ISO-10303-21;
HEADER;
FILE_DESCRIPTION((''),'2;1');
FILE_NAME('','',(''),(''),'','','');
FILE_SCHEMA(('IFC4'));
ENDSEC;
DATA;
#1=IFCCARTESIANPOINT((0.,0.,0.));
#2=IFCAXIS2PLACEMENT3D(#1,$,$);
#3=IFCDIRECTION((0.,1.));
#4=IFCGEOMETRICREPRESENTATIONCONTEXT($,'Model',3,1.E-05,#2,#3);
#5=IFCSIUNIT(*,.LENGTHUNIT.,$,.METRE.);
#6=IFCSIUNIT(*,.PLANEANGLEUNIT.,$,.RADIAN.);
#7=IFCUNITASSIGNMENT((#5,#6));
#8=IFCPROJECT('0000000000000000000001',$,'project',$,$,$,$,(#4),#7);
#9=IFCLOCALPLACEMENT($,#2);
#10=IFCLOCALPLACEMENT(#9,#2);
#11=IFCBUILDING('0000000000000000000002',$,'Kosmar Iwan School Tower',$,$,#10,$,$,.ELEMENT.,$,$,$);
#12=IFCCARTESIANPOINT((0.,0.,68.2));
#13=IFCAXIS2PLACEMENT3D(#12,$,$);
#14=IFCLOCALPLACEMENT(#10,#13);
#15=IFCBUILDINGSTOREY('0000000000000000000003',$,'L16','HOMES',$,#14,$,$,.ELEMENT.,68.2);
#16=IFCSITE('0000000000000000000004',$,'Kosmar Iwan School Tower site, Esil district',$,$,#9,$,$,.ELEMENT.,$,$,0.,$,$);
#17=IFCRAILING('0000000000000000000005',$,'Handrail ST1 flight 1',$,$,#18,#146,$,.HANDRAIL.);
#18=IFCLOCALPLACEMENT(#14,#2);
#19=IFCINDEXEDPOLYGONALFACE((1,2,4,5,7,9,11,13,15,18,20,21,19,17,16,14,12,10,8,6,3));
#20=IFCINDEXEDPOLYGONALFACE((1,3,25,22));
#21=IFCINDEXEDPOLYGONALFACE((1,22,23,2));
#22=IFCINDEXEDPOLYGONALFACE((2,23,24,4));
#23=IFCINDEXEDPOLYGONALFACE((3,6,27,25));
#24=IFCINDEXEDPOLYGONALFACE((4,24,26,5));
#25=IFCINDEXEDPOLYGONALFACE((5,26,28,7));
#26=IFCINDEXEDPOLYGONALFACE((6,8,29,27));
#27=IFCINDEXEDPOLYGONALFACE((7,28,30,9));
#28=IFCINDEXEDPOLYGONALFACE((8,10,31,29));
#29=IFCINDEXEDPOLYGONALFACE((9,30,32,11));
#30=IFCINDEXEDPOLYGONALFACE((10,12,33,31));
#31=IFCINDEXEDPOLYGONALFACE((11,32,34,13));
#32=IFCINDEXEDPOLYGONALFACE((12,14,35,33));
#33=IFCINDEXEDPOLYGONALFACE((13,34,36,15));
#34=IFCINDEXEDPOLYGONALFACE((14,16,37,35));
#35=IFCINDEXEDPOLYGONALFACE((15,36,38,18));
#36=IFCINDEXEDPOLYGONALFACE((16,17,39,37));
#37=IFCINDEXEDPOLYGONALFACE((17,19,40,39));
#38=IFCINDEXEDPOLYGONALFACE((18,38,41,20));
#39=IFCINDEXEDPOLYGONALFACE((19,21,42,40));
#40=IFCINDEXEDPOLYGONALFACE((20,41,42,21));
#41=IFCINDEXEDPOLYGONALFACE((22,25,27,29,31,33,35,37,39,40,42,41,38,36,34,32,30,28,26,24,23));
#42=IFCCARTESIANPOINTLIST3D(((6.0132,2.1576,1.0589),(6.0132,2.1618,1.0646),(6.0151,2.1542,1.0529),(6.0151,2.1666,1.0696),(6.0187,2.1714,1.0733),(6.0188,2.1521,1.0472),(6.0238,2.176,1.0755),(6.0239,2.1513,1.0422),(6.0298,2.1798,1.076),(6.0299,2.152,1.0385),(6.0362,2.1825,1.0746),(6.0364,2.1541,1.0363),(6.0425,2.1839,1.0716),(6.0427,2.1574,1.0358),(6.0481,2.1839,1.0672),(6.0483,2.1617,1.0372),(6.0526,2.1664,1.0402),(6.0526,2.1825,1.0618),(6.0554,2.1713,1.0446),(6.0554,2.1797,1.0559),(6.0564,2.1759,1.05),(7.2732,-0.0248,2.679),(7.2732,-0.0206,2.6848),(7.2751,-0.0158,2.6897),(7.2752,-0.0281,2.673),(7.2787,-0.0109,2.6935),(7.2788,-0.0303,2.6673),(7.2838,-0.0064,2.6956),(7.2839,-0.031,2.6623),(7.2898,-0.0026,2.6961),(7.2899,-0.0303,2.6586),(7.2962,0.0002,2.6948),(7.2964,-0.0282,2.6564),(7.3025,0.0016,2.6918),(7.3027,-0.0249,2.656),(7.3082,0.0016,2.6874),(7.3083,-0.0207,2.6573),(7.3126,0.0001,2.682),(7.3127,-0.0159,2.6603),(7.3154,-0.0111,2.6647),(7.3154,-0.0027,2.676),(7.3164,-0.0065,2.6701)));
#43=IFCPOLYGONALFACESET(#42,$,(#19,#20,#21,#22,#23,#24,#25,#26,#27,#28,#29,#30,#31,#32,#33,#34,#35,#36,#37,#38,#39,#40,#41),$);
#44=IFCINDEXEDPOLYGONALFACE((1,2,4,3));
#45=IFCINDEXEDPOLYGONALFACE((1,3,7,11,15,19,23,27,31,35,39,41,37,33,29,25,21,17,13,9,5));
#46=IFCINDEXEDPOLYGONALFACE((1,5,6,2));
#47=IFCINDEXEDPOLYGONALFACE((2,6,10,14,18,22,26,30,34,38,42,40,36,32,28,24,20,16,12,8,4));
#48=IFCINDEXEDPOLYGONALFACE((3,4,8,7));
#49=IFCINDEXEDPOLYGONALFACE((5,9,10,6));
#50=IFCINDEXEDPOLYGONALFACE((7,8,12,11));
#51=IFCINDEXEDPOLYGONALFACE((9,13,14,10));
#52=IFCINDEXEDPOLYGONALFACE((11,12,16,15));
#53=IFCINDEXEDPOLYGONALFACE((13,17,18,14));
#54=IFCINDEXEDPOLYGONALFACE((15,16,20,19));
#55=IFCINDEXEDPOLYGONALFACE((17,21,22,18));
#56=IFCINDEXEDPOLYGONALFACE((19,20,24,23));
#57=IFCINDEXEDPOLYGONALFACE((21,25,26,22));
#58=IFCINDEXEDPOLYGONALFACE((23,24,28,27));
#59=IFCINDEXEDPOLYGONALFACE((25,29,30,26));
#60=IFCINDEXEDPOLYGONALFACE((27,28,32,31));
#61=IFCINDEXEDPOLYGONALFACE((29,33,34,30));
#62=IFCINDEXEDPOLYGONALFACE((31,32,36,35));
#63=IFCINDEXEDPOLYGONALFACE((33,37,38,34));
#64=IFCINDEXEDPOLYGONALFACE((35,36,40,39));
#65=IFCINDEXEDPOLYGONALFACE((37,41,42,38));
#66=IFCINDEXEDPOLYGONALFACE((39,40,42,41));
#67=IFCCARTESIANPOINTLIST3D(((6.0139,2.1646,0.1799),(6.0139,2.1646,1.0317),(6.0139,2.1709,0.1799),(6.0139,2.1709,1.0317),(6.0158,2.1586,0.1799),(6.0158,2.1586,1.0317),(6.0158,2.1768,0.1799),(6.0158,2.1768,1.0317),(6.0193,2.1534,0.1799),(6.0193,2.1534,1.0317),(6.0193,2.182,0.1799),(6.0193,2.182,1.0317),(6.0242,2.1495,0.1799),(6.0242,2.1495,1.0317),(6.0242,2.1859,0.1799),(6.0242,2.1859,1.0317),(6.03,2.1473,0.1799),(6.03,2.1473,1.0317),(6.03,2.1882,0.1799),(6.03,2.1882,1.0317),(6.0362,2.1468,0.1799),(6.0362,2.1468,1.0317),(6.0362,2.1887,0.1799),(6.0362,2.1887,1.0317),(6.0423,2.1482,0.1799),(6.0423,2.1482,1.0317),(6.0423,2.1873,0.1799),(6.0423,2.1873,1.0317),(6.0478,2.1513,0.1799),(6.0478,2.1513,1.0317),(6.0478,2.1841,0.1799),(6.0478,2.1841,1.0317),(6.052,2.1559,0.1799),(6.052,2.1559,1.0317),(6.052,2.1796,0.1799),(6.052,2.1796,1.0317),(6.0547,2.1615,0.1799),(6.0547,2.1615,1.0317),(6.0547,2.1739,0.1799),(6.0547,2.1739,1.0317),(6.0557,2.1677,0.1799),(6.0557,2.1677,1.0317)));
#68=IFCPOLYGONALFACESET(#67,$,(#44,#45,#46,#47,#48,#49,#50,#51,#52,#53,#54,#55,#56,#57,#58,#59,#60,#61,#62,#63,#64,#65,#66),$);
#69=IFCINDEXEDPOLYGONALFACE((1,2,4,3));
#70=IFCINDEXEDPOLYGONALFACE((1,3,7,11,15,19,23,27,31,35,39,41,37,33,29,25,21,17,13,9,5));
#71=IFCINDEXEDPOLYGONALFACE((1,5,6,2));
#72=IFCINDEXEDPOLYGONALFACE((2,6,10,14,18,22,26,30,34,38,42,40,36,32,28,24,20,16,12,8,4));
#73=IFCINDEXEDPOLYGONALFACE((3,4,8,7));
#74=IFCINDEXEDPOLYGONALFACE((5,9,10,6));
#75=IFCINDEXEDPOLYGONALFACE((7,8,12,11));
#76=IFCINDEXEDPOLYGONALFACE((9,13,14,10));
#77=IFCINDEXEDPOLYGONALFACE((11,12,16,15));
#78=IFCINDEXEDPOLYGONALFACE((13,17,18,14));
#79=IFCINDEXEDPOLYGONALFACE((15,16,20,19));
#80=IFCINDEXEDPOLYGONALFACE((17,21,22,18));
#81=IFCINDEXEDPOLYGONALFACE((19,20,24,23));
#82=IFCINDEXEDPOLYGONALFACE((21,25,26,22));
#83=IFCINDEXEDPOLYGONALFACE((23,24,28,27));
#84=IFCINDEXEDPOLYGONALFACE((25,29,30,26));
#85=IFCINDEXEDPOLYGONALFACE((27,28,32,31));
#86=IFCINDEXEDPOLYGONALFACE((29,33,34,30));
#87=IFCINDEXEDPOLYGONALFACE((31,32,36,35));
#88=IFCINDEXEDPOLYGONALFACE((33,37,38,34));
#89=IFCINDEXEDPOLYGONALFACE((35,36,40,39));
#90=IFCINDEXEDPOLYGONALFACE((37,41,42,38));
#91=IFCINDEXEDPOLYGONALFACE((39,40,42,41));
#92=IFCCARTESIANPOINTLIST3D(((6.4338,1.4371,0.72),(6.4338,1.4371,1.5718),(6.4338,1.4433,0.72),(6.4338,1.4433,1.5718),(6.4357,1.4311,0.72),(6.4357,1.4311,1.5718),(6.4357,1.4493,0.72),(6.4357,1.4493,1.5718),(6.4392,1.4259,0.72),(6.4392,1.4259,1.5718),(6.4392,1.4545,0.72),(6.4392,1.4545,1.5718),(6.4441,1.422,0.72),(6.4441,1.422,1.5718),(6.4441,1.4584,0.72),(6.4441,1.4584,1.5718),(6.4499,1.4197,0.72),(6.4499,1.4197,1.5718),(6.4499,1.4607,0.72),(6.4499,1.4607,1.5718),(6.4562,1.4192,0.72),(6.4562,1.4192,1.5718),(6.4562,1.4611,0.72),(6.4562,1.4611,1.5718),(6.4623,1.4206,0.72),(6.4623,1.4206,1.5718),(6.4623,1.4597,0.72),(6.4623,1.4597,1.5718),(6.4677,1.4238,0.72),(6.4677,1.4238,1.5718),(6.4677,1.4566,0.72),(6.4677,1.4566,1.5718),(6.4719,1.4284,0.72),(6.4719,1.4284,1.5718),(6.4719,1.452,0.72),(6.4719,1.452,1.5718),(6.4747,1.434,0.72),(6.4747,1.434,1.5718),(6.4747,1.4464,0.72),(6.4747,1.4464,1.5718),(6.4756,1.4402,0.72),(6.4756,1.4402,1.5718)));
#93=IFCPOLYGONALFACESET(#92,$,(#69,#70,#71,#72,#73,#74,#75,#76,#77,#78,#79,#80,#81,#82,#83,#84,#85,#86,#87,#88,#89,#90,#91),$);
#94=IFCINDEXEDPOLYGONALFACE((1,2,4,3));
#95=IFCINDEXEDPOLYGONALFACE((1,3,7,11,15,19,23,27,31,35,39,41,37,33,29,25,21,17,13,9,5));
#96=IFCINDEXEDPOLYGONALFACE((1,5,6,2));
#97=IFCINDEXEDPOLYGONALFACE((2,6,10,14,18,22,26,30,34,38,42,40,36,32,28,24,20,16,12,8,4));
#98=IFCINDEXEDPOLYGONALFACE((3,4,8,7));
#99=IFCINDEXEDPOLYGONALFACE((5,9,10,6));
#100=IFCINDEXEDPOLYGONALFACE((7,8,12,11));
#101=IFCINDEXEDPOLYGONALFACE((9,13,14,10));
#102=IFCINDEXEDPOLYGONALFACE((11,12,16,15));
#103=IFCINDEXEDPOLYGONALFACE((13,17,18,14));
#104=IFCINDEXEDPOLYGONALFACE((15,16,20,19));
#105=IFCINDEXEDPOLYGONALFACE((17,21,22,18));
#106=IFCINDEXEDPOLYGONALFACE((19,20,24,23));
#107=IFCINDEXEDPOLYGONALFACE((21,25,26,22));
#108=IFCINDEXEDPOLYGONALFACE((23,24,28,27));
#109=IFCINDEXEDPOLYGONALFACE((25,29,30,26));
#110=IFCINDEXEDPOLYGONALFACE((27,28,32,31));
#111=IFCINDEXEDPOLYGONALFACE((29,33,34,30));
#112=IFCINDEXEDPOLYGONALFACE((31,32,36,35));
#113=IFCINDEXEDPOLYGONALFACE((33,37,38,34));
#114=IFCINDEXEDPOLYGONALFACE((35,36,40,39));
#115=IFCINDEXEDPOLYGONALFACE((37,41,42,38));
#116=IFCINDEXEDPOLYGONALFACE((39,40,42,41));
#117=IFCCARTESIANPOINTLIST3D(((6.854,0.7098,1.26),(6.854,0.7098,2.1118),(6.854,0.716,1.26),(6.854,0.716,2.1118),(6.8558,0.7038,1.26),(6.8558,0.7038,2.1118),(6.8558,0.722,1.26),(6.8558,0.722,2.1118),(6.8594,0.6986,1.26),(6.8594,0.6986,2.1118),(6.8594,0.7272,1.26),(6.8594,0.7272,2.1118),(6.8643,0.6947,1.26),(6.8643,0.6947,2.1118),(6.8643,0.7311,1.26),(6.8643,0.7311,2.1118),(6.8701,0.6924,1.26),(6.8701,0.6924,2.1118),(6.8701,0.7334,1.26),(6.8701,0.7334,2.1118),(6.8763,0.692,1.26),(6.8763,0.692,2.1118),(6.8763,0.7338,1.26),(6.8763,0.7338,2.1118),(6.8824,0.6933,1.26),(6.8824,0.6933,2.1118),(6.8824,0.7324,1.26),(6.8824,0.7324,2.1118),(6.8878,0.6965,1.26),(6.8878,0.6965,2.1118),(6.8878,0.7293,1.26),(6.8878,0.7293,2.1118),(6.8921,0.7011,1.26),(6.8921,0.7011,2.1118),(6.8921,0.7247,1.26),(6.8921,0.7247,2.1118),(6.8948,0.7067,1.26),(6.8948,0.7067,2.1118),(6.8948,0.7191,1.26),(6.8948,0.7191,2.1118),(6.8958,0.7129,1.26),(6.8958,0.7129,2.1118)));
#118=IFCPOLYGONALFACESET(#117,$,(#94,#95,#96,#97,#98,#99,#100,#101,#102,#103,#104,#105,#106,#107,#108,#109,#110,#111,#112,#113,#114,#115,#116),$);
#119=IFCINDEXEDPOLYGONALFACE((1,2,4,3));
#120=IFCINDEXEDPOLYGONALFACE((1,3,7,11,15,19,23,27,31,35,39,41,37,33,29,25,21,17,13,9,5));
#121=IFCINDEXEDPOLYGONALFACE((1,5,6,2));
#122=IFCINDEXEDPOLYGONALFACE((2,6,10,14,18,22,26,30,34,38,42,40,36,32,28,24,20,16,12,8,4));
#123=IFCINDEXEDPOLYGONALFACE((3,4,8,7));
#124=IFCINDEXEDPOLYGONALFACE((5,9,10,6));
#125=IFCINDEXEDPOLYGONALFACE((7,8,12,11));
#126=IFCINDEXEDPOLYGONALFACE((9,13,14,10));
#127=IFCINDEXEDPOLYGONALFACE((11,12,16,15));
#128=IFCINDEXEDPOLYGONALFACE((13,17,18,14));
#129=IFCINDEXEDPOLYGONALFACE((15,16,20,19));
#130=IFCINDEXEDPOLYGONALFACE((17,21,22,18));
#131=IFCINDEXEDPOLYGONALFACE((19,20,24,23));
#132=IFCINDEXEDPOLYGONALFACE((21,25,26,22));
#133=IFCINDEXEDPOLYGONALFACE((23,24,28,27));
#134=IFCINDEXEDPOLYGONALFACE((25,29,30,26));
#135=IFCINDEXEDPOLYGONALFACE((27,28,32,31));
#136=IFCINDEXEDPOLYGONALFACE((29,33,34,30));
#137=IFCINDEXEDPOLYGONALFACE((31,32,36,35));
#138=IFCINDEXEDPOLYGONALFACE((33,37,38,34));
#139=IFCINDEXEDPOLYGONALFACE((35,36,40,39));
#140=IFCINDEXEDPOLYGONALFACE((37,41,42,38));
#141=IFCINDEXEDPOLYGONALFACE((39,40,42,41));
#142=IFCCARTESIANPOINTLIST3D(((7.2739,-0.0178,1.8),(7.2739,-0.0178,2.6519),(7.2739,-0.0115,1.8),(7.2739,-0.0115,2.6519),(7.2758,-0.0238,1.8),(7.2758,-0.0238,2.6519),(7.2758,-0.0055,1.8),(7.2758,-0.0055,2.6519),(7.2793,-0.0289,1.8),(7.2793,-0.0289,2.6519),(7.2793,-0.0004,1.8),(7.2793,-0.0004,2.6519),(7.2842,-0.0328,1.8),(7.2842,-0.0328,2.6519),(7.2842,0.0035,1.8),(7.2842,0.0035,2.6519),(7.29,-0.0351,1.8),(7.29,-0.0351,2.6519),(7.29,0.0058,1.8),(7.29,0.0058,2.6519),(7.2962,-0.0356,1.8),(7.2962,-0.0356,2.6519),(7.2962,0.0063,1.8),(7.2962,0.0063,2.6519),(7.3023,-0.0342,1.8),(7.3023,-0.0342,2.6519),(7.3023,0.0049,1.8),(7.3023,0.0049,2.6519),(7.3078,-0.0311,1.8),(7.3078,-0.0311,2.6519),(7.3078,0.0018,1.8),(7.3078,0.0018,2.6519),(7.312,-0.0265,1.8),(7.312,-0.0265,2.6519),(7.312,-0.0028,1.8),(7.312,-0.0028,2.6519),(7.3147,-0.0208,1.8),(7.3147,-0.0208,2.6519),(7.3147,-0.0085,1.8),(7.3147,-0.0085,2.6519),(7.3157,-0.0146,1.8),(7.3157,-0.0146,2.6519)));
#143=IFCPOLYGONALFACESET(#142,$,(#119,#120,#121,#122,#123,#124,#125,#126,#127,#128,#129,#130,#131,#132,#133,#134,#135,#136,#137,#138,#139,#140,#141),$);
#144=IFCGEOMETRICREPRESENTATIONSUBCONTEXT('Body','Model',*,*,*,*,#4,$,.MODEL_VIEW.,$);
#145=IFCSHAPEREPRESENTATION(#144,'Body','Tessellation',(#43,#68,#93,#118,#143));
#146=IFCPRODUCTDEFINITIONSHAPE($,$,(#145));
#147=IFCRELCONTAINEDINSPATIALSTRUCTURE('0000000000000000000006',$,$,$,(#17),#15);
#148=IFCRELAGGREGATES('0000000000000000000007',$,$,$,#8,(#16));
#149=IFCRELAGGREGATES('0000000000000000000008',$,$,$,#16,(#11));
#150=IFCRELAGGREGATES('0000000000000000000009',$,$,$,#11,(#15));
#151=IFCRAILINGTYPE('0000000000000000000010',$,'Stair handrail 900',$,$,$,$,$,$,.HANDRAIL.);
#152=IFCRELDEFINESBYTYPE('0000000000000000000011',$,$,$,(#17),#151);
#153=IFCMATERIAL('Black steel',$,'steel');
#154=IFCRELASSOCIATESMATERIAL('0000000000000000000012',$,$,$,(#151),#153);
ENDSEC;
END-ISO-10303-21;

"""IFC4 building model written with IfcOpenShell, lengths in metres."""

from ifc_helpers import new_model, si_unit, direction, frame, origin, origin_2d, place, context, subcontext, project, spatial, circle, extrude, material, type_object, element, save


model = new_model("IFC4")

# Units and contexts
model_context = context("Model", 3, precision=1e-05, world=origin(), true_north=direction((0.0, 1.0)))
body_context = subcontext(model_context, "Body", "Model", "MODEL_VIEW")
ifc_project = project(units=[si_unit("LENGTHUNIT", "METRE"), si_unit("PLANEANGLEUNIT", "RADIAN")], contexts=[model_context])

# Site, building, storey
site_placement = place(None, origin())
site = spatial("IfcSite", under=ifc_project, at=site_placement, Name="Kosmar Iwan School Tower site, Esil district", CompositionType="ELEMENT", RefElevation=0.0)
building_placement = place(site_placement, origin())
building = spatial("IfcBuilding", under=site, at=building_placement, Name="Kosmar Iwan School Tower", CompositionType="ELEMENT")
storey_placement = place(building_placement, frame((0.0, 0.0, 68.2)))
storey = spatial("IfcBuildingStorey", under=building, at=storey_placement, Name="L16", Description="HOMES", CompositionType="ELEMENT", Elevation=68.2)

# Railing
ifc_material_1 = material(Name="Black steel", Category="steel")
railing_type = type_object("IfcRailingType", Name="Stair handrail 900", PredefinedType="HANDRAIL", material=ifc_material_1)
railing_1_placement = place(storey_placement, frame((6.0347, 2.1677, 0.1799)))
element("IfcRailing", 1, at=railing_1_placement, inside=storey, type_object=railing_type, Name="Handrail ST1 flight 1", PredefinedType="HANDRAIL", context=body_context, shape_type="SweptSolid", body=[
    extrude(circle(Radius=0.0239, at=origin_2d()), frame((0.0, 0.0, 0.876), z_axis=(0.420584, -0.728464, 0.540786), x_axis=(0.866023, 0.500005, 0.0)), (0.0, 0.0, 1.0), 2.9958),
    extrude(circle(Radius=0.021, at=origin_2d()), origin(), (0.0, 0.0, 1.0), 0.8518),
    extrude(circle(Radius=0.021, at=origin_2d()), frame((0.4199, -0.7275, 0.54)), (0.0, 0.0, 1.0), 0.8518),
    extrude(circle(Radius=0.021, at=origin_2d()), frame((0.8401, -1.4548, 1.0801)), (0.0, 0.0, 1.0), 0.8518),
    extrude(circle(Radius=0.021, at=origin_2d()), frame((1.26, -2.1824, 1.6201)), (0.0, 0.0, 1.0), 0.8518),
])

save(model, "model.ifc")
